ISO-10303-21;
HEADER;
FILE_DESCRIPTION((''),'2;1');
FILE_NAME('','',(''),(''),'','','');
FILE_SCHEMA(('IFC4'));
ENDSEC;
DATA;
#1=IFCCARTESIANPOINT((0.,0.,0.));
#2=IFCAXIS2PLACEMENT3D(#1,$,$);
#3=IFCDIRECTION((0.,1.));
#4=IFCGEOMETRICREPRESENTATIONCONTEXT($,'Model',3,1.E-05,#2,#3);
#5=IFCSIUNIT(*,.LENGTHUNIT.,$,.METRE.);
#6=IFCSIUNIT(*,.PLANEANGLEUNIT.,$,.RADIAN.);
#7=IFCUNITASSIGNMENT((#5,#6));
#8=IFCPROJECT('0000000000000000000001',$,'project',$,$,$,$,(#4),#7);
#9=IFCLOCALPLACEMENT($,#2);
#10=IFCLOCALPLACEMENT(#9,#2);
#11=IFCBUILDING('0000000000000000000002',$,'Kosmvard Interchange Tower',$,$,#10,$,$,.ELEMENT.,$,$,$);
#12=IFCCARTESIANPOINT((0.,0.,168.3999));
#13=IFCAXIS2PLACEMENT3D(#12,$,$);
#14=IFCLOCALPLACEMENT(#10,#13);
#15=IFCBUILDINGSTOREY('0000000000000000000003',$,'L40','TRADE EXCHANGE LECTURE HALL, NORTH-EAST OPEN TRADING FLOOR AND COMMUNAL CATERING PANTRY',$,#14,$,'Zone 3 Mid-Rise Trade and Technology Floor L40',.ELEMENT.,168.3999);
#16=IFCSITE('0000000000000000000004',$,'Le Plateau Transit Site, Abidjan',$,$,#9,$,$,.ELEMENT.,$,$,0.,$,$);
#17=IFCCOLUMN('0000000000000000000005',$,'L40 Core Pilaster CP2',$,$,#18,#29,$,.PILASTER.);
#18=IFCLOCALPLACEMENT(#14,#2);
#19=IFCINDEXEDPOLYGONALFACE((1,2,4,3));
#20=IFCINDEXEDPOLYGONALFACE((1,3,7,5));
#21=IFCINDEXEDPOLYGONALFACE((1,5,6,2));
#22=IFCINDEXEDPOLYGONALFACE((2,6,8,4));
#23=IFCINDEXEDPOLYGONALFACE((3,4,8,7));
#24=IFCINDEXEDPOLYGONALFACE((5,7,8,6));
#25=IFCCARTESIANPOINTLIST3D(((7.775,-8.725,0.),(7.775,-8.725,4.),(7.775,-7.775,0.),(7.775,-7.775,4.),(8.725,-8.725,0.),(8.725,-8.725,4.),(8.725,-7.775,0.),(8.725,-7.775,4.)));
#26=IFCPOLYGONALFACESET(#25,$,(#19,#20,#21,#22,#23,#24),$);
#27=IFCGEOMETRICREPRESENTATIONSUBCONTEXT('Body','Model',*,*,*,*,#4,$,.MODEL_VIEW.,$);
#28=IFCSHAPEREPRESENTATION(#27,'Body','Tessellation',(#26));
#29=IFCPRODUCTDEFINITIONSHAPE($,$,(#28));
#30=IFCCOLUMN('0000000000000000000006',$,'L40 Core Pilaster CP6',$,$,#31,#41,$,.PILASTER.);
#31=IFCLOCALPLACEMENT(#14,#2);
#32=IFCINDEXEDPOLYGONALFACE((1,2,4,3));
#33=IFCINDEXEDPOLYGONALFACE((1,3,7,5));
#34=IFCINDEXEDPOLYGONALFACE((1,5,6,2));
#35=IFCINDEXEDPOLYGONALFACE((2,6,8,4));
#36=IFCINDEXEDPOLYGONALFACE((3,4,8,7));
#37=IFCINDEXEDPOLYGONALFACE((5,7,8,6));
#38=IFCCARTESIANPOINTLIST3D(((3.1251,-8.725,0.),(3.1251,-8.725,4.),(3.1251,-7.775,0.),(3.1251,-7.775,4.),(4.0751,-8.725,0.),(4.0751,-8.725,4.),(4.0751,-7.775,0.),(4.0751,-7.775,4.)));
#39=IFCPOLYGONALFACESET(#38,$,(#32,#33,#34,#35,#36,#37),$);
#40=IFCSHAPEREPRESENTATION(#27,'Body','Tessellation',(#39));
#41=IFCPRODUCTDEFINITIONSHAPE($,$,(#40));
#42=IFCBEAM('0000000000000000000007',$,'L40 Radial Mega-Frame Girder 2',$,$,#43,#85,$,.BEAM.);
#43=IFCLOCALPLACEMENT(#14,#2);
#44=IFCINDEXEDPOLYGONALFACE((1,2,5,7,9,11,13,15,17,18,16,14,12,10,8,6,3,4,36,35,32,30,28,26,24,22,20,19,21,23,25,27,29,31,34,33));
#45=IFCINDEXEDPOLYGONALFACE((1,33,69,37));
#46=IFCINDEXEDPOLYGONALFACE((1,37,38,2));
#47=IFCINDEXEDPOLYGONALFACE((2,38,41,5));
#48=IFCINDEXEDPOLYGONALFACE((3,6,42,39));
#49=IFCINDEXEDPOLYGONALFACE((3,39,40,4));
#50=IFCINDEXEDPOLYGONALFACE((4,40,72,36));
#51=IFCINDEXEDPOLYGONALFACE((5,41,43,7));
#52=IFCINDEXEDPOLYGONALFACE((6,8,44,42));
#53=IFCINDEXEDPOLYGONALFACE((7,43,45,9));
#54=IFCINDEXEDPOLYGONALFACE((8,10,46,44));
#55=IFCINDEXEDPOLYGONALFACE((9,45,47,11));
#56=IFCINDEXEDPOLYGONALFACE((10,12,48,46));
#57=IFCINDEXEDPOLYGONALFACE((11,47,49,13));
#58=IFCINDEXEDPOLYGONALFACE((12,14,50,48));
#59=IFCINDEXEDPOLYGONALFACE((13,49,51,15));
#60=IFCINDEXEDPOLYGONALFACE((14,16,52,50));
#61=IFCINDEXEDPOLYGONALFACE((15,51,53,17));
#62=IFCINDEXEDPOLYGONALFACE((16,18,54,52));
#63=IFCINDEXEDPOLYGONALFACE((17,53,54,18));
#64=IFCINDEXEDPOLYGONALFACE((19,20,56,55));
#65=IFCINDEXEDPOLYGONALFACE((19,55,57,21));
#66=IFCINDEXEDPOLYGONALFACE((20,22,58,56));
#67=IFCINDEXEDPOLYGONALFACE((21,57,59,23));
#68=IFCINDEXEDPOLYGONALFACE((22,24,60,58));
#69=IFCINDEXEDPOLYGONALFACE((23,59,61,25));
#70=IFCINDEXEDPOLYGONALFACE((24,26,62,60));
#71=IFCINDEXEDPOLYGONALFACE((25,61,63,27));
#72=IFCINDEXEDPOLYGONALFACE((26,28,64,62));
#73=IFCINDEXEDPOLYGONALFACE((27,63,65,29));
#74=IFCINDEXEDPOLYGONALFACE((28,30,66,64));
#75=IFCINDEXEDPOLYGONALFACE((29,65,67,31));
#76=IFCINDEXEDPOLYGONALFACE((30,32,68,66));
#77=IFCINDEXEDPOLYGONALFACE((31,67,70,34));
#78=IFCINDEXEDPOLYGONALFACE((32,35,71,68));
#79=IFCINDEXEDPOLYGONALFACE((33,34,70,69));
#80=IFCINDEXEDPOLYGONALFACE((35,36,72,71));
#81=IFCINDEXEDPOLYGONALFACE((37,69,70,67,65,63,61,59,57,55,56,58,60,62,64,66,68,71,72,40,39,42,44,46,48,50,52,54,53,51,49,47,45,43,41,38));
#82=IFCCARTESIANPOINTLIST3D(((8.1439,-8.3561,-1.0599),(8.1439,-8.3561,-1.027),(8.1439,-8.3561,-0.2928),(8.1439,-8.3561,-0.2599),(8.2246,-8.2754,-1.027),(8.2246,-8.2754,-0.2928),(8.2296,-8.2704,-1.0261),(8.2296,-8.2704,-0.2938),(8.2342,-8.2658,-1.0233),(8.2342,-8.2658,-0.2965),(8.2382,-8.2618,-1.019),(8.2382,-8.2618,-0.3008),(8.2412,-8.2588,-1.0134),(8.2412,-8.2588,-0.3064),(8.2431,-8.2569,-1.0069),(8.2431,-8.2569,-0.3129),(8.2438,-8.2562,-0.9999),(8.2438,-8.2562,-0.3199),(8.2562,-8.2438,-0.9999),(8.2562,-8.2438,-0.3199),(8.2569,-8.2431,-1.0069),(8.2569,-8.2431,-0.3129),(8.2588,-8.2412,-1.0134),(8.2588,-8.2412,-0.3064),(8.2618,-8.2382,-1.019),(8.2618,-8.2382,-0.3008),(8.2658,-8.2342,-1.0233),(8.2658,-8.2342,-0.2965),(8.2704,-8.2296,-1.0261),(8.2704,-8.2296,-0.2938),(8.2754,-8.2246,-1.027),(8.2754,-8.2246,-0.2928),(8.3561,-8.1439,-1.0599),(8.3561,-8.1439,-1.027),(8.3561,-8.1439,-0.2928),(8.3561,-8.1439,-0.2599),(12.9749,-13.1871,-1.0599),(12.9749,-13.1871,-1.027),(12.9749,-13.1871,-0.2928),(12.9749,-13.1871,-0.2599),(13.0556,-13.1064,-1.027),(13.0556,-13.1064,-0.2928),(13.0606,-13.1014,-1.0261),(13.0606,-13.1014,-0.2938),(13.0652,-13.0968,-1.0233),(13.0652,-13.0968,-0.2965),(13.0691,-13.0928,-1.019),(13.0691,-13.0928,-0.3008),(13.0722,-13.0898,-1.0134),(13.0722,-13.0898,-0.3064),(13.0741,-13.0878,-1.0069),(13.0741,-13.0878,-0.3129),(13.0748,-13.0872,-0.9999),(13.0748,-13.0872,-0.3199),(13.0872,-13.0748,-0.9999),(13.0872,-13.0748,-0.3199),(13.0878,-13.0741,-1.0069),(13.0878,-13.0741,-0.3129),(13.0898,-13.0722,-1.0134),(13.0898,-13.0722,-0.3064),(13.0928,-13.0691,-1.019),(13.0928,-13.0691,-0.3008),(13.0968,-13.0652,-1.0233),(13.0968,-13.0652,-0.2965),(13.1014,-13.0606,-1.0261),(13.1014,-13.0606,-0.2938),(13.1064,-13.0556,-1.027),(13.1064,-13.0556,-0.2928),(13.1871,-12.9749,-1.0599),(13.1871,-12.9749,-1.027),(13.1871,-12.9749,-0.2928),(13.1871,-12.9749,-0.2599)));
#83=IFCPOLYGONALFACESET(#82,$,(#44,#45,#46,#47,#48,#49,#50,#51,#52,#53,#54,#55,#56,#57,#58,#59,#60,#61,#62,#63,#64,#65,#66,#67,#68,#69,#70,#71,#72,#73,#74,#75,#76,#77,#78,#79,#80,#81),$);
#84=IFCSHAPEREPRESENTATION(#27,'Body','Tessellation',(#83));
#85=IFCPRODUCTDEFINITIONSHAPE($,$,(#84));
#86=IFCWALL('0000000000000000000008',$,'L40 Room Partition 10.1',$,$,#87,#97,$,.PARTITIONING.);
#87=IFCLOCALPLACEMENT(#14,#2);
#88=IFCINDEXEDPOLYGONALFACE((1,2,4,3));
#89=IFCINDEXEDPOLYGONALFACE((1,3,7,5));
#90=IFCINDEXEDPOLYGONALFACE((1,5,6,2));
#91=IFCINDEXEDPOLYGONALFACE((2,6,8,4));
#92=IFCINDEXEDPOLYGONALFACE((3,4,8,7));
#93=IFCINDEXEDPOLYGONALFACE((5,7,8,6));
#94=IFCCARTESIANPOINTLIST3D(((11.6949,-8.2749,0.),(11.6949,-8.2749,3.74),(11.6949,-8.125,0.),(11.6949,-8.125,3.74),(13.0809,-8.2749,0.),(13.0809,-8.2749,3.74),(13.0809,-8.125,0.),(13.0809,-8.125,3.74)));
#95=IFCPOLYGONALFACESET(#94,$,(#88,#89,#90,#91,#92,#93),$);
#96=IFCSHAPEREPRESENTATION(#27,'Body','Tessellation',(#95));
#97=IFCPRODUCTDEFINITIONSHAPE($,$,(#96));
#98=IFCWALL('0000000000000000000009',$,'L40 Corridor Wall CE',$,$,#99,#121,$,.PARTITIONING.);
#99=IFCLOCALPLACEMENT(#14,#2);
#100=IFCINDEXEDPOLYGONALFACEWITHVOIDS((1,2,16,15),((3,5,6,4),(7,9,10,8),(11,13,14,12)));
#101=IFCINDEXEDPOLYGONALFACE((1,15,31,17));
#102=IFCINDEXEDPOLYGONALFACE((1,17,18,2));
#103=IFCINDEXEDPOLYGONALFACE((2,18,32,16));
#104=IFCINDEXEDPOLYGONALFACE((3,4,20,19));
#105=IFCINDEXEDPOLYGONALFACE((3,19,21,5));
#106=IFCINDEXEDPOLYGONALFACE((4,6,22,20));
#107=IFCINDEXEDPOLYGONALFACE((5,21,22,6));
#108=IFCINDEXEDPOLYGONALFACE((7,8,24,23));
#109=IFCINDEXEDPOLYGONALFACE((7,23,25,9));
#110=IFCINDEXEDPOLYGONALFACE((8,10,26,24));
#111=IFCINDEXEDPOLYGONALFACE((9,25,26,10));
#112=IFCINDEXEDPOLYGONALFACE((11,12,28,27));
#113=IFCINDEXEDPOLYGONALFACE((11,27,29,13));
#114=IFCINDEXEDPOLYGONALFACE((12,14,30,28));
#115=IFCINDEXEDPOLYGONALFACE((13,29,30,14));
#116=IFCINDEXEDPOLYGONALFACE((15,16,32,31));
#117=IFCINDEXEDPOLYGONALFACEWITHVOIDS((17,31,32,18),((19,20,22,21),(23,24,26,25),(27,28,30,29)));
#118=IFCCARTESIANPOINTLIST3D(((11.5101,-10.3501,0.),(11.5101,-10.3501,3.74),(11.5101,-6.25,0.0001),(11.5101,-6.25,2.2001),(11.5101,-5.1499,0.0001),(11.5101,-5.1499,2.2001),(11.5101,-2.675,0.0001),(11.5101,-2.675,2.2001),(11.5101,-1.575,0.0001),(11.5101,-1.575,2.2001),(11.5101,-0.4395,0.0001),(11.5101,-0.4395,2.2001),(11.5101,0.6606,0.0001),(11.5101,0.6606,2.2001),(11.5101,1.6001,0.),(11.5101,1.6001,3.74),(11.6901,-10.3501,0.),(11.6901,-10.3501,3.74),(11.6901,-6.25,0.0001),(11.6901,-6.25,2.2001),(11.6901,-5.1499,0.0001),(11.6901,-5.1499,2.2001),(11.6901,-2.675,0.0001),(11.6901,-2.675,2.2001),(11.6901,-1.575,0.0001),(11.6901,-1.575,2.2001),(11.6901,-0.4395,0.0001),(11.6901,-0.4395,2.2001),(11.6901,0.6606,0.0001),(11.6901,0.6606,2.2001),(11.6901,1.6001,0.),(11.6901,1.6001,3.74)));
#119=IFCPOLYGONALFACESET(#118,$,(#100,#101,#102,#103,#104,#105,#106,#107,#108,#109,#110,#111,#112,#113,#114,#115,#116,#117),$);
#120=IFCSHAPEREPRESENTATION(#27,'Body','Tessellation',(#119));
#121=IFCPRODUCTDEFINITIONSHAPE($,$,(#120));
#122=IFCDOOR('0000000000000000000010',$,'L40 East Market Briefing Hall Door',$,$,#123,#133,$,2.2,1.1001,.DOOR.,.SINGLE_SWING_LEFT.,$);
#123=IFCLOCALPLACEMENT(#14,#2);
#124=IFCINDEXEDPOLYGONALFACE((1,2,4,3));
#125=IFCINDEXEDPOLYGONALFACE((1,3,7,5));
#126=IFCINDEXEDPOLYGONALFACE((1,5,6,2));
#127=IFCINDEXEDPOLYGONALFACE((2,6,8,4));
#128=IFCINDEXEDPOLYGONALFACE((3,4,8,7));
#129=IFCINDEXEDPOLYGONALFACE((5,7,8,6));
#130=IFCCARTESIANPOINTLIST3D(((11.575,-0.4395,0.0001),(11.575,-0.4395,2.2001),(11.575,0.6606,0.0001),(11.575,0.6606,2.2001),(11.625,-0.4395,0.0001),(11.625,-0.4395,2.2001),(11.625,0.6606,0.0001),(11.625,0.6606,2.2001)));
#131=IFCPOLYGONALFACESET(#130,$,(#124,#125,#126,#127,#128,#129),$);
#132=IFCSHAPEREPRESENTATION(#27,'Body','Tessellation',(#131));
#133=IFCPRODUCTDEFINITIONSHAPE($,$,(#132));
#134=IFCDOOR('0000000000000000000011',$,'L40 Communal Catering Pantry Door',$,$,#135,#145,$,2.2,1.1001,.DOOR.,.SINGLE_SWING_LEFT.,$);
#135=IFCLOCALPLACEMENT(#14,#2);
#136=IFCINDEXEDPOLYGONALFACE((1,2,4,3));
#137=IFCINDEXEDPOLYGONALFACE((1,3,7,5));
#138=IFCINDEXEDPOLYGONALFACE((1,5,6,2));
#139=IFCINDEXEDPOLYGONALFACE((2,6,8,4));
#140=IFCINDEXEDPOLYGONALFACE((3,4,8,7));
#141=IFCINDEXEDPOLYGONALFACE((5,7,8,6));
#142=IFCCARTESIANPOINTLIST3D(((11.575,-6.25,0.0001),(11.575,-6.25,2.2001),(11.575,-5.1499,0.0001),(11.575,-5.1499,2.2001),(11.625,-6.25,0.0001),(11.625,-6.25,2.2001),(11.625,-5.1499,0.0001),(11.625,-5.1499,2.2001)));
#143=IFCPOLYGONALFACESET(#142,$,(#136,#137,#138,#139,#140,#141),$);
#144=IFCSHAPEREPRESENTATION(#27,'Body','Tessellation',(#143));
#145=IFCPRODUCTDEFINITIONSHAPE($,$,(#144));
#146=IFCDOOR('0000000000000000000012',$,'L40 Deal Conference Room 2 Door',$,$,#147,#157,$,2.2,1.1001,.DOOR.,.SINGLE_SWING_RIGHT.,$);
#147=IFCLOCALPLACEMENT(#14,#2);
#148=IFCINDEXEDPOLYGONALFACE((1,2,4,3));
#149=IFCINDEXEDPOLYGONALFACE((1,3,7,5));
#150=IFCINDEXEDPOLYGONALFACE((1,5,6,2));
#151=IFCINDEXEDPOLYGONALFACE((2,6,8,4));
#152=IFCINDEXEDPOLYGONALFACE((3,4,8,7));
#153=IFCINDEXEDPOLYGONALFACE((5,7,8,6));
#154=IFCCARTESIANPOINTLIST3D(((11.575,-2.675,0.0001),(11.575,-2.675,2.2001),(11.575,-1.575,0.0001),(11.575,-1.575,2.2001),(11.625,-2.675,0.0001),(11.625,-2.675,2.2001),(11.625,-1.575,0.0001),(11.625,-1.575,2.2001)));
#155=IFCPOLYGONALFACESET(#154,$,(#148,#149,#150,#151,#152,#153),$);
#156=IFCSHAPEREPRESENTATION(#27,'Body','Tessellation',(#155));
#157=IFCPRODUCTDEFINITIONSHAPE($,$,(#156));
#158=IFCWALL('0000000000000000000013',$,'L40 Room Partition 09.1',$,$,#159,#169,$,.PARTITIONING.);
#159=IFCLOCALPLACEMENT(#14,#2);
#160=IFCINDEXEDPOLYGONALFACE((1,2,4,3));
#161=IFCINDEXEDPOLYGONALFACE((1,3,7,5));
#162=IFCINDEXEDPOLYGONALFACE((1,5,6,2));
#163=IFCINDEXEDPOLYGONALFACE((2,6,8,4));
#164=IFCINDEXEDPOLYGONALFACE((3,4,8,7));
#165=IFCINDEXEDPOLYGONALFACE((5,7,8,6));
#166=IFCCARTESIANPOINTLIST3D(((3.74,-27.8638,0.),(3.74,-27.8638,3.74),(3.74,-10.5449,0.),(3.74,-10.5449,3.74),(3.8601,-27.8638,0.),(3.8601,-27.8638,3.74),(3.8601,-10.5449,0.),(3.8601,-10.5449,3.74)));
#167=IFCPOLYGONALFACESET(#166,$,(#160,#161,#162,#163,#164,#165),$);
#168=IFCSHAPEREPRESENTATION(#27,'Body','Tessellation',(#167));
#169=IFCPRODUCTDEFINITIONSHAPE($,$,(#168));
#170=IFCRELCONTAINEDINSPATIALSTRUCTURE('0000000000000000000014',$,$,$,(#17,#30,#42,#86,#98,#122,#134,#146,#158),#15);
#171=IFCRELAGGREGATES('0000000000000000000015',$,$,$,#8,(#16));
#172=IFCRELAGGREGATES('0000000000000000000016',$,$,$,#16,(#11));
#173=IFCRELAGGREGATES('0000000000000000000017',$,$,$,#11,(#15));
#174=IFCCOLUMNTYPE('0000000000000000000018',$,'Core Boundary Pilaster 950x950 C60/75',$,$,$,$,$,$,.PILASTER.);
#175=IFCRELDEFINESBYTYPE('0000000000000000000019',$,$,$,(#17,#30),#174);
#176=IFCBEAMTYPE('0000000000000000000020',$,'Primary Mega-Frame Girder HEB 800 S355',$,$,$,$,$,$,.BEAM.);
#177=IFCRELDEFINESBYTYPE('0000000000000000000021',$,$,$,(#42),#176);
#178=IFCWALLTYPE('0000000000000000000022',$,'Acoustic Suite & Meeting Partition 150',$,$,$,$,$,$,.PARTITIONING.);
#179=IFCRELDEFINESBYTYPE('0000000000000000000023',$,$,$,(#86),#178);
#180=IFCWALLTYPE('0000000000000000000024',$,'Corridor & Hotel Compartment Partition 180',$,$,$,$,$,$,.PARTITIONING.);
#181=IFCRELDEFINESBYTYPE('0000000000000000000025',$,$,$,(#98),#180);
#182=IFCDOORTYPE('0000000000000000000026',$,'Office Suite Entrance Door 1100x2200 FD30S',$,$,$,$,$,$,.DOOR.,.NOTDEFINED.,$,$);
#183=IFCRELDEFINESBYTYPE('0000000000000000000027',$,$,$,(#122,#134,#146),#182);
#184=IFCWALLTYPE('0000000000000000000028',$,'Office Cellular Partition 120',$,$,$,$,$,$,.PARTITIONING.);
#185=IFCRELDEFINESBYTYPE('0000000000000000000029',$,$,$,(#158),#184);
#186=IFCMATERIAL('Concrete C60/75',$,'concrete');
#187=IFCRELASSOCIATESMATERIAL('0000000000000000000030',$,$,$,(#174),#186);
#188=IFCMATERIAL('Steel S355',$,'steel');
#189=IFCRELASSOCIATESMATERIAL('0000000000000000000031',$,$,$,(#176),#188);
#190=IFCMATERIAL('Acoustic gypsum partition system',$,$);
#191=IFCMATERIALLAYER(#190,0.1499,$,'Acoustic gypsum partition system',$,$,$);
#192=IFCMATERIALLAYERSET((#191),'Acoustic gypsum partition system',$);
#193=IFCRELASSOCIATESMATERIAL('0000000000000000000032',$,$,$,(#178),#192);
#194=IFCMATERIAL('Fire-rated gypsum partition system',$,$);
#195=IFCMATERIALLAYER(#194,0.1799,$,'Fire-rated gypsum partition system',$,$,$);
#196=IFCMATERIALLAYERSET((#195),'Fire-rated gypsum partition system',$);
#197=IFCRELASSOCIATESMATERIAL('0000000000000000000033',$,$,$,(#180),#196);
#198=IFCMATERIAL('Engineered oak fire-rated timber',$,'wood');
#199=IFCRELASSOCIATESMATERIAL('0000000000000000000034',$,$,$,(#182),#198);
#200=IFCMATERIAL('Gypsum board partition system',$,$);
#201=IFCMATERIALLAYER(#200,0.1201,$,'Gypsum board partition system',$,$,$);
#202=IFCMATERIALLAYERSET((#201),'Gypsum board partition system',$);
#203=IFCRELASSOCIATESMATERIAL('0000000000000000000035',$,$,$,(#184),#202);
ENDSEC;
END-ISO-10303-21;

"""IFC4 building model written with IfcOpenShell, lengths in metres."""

from ifc_helpers import new_model, si_unit, direction, frame, frame_2d, origin, origin_2d, place, context, subcontext, project, spatial, rectangle, i_section, extrude, source, transform, mapped, material, layer, layer_set, material_profile, profile_set, type_object, element, fill, save


model = new_model("IFC4")

# Units and contexts
model_context = context("Model", 3, precision=1e-05, world=origin(), true_north=direction((0.0, 1.0)))
body_context = subcontext(model_context, "Body", "Model", "MODEL_VIEW")
ifc_project = project(units=[si_unit("LENGTHUNIT", "METRE"), si_unit("PLANEANGLEUNIT", "RADIAN")], contexts=[model_context])

# Site, building, storey
site_placement = place(None, origin())
site = spatial("IfcSite", under=ifc_project, at=site_placement, Name="Le Plateau Transit Site, Abidjan", CompositionType="ELEMENT", RefElevation=0.0)
building_placement = place(site_placement, origin())
building = spatial("IfcBuilding", under=site, at=building_placement, Name="Kosmvard Interchange Tower", CompositionType="ELEMENT")
storey_placement = place(building_placement, frame((0.0, 0.0, 168.3999)))
storey = spatial("IfcBuildingStorey", under=building, at=storey_placement, Name="L40", Description="TRADE EXCHANGE LECTURE HALL, NORTH-EAST OPEN TRADING FLOOR AND COMMUNAL CATERING PANTRY", LongName="Zone 3 Mid-Rise Trade and Technology Floor L40", CompositionType="ELEMENT", Elevation=168.3999)

# Columns
ifc_material_1 = material(Name="Concrete C60/75", Category="concrete")
ifc_material_profile_1 = material_profile(ifc_material_1, rectangle(XDim=0.95, YDim=0.95, at=origin_2d()), Name="CP 950x950")
ifc_profile_set_1 = profile_set([ifc_material_profile_1], Name="Concrete C60/75")
column_type = type_object("IfcColumnType", Name="Core Boundary Pilaster 950x950 C60/75", PredefinedType="PILASTER", material=ifc_profile_set_1)
shared_shape_1 = source(origin(), body_context, "Body", "SweptSolid", [
    extrude(rectangle(XDim=0.95, YDim=0.95, at=origin_2d()), origin(), (0.0, 0.0, 1.0), 4.0),
])
for number, where, z_axis, x_axis, name in (
    (1, (8.25, -8.25, 0.0), (0.0, 0.0, 1.0), (1.0, 0.0, 0.0), "L40 Core Pilaster CP2"),
    (2, (3.6001, -8.25, 0.0), (0.0, 0.0, 1.0), (1.0, 0.0, 0.0), "L40 Core Pilaster CP6"),
):
    element("IfcColumn", number, at=place(storey_placement, frame(where, z_axis=z_axis, x_axis=x_axis)), inside=storey, type_object=column_type, Name=name, PredefinedType="PILASTER", context=body_context, shape_type="MappedRepresentation", body=[
        mapped(shared_shape_1, transform((0.0, 0.0, 0.0), scale=1.0)),
    ])

# Beam
ifc_material_2 = material(Name="Steel S355", Category="steel")
ifc_material_profile_2 = material_profile(ifc_material_2, i_section(OverallWidth=0.3, OverallDepth=0.8, WebThickness=0.0176, FlangeThickness=0.033, FilletRadius=0.0271, at=origin_2d()), Name="HEB 800")
ifc_profile_set_2 = profile_set([ifc_material_profile_2], Name="Steel S355")
beam_type = type_object("IfcBeamType", Name="Primary Mega-Frame Girder HEB 800 S355", PredefinedType="BEAM", material=ifc_profile_set_2)
shared_shape_2 = source(origin(), body_context, "Body", "SweptSolid", [
    extrude(i_section(OverallWidth=0.3, OverallDepth=0.8, WebThickness=0.0176, FlangeThickness=0.033, FilletRadius=0.0271, at=origin_2d()), origin(), (0.0, 0.0, 1.0), 6.832),
])
beam_placement = place(storey_placement, frame((8.25, -8.25, -0.6599), z_axis=(0.707107, -0.707107, 0.0), x_axis=(0.707107, 0.707107, 0.0)))
element("IfcBeam", 3, at=beam_placement, inside=storey, type_object=beam_type, Name="L40 Radial Mega-Frame Girder 2", PredefinedType="BEAM", context=body_context, shape_type="MappedRepresentation", body=[
    mapped(shared_shape_2, transform((0.0, 0.0, 0.0), scale=1.0)),
])

# Wall
ifc_material_3 = material(Name="Acoustic gypsum partition system")
ifc_layer_1 = layer(ifc_material_3, 0.1499, Name="Acoustic gypsum partition system")
ifc_layer_set_1 = layer_set([ifc_layer_1], Name="Acoustic gypsum partition system")
wall_type_1 = type_object("IfcWallType", Name="Acoustic Suite & Meeting Partition 150", PredefinedType="PARTITIONING", material=ifc_layer_set_1)
wall_1_placement = place(storey_placement, frame((11.6951, -8.2, 0.0), z_axis=(0.0, 0.0, 1.0), x_axis=(1.0, 0.0, 0.0)))
element("IfcWall", 4, at=wall_1_placement, inside=storey, type_object=wall_type_1, Name="L40 Room Partition 10.1", PredefinedType="PARTITIONING", context=body_context, shape_type="SweptSolid", body=[
    extrude(rectangle(XDim=1.386, YDim=0.1499, at=frame_2d((0.6929, 0.0))), origin(), (0.0, 0.0, 1.0), 3.74),
])

# Wall, openings, doors
ifc_material_4 = material(Name="Fire-rated gypsum partition system")
ifc_layer_2 = layer(ifc_material_4, 0.1799, Name="Fire-rated gypsum partition system")
ifc_layer_set_2 = layer_set([ifc_layer_2], Name="Fire-rated gypsum partition system")
wall_type_2 = type_object("IfcWallType", Name="Corridor & Hotel Compartment Partition 180", PredefinedType="PARTITIONING", material=ifc_layer_set_2)
wall_2_placement = place(storey_placement, frame((11.6001, -10.3501, 0.0), z_axis=(0.0, 0.0, 1.0), x_axis=(0.0, 1.0, 0.0)))
wall_2 = element("IfcWall", 5, at=wall_2_placement, inside=storey, type_object=wall_type_2, Name="L40 Corridor Wall CE", PredefinedType="PARTITIONING", context=body_context, shape_type="SweptSolid", body=[
    extrude(rectangle(XDim=11.9502, YDim=0.1799, at=frame_2d((5.9751, 0.0))), origin(), (0.0, 0.0, 1.0), 3.74),
])
opening_1_placement = place(wall_2_placement, frame((9.9106, 0.0, 0.0)))
opening_1 = element("IfcOpeningElement", 6, at=opening_1_placement, cuts=wall_2, PredefinedType="OPENING", context=body_context, shape_type="SweptSolid", body=[
    extrude(rectangle(XDim=1.1001, YDim=2.2, at=frame_2d((0.55, 1.1001))), frame((0.0, 0.1001, 0.0), z_axis=(0.0, -1.0, 0.0), x_axis=(1.0, 0.0, 0.0)), (0.0, 0.0, 1.0), 0.2),
])
opening_2_placement = place(wall_2_placement, frame((4.1001, 0.0, 0.0)))
opening_2 = element("IfcOpeningElement", 7, at=opening_2_placement, cuts=wall_2, PredefinedType="OPENING", context=body_context, shape_type="SweptSolid", body=[
    extrude(rectangle(XDim=1.1001, YDim=2.2, at=frame_2d((0.55, 1.1001))), frame((0.0, 0.1001, 0.0), z_axis=(0.0, -1.0, 0.0), x_axis=(1.0, 0.0, 0.0)), (0.0, 0.0, 1.0), 0.2),
])
opening_3_placement = place(wall_2_placement, frame((7.675, 0.0, 0.0)))
opening_3 = element("IfcOpeningElement", 8, at=opening_3_placement, cuts=wall_2, PredefinedType="OPENING", context=body_context, shape_type="SweptSolid", body=[
    extrude(rectangle(XDim=1.1001, YDim=2.2, at=frame_2d((0.55, 1.1001))), frame((0.0, 0.1001, 0.0), z_axis=(0.0, -1.0, 0.0), x_axis=(1.0, 0.0, 0.0)), (0.0, 0.0, 1.0), 0.2),
])
ifc_material_5 = material(Name="Engineered oak fire-rated timber", Category="wood")
door_type = type_object("IfcDoorType", Name="Office Suite Entrance Door 1100x2200 FD30S", OperationType="NOTDEFINED", PredefinedType="DOOR", material=ifc_material_5)
shared_shape_3 = source(origin(), body_context, "Body", "SweptSolid", [
    extrude(rectangle(XDim=1.1001, YDim=2.2, at=frame_2d((0.55, 1.1001))), frame((0.0, 0.0249, 0.0), z_axis=(0.0, -1.0, 0.0), x_axis=(1.0, 0.0, 0.0)), (0.0, 0.0, 1.0), 0.05),
])
door_1_placement = place(opening_1_placement, frame((1.1001, 0.0, 0.0), z_axis=(0.0, 0.0, 1.0), x_axis=(-1.0, 0.0, 0.0)))
door_1 = element("IfcDoor", 9, at=door_1_placement, inside=storey, type_object=door_type, Name="L40 East Market Briefing Hall Door", OperationType="SINGLE_SWING_LEFT", OverallHeight=2.2, OverallWidth=1.1001, PredefinedType="DOOR", context=body_context, shape_type="MappedRepresentation", body=[
    mapped(shared_shape_3, transform((0.0, 0.0, 0.0), scale=1.0)),
])
fill(opening_1, door_1)
door_2_placement = place(opening_2_placement, frame((1.1001, 0.0, 0.0), z_axis=(0.0, 0.0, 1.0), x_axis=(-1.0, 0.0, 0.0)))
door_2 = element("IfcDoor", 10, at=door_2_placement, inside=storey, type_object=door_type, Name="L40 Communal Catering Pantry Door", OperationType="SINGLE_SWING_LEFT", OverallHeight=2.2, OverallWidth=1.1001, PredefinedType="DOOR", context=body_context, shape_type="MappedRepresentation", body=[
    mapped(shared_shape_3, transform((0.0, 0.0, 0.0), scale=1.0)),
])
fill(opening_2, door_2)
door_3_placement = place(opening_3_placement, frame((1.1001, 0.0, 0.0), z_axis=(0.0, 0.0, 1.0), x_axis=(-1.0, 0.0, 0.0)))
door_3 = element("IfcDoor", 11, at=door_3_placement, inside=storey, type_object=door_type, Name="L40 Deal Conference Room 2 Door", OperationType="SINGLE_SWING_RIGHT", OverallHeight=2.2, OverallWidth=1.1001, PredefinedType="DOOR", context=body_context, shape_type="MappedRepresentation", body=[
    mapped(shared_shape_3, transform((0.0, 0.0, 0.0), scale=1.0)),
])
fill(opening_3, door_3)

# Wall
ifc_material_6 = material(Name="Gypsum board partition system")
ifc_layer_3 = layer(ifc_material_6, 0.1201, Name="Gypsum board partition system")
ifc_layer_set_3 = layer_set([ifc_layer_3], Name="Gypsum board partition system")
wall_type_3 = type_object("IfcWallType", Name="Office Cellular Partition 120", PredefinedType="PARTITIONING", material=ifc_layer_set_3)
wall_3_placement = place(storey_placement, frame((3.8, -27.8638, 0.0), z_axis=(0.0, 0.0, 1.0), x_axis=(0.0, 1.0, 0.0)))
element("IfcWall", 12, at=wall_3_placement, inside=storey, type_object=wall_type_3, Name="L40 Room Partition 09.1", PredefinedType="PARTITIONING", context=body_context, shape_type="SweptSolid", body=[
    extrude(rectangle(XDim=17.3188, YDim=0.1201, at=frame_2d((8.6594, 0.0))), origin(), (0.0, 0.0, 1.0), 3.74),
])

save(model, "model.ifc")
